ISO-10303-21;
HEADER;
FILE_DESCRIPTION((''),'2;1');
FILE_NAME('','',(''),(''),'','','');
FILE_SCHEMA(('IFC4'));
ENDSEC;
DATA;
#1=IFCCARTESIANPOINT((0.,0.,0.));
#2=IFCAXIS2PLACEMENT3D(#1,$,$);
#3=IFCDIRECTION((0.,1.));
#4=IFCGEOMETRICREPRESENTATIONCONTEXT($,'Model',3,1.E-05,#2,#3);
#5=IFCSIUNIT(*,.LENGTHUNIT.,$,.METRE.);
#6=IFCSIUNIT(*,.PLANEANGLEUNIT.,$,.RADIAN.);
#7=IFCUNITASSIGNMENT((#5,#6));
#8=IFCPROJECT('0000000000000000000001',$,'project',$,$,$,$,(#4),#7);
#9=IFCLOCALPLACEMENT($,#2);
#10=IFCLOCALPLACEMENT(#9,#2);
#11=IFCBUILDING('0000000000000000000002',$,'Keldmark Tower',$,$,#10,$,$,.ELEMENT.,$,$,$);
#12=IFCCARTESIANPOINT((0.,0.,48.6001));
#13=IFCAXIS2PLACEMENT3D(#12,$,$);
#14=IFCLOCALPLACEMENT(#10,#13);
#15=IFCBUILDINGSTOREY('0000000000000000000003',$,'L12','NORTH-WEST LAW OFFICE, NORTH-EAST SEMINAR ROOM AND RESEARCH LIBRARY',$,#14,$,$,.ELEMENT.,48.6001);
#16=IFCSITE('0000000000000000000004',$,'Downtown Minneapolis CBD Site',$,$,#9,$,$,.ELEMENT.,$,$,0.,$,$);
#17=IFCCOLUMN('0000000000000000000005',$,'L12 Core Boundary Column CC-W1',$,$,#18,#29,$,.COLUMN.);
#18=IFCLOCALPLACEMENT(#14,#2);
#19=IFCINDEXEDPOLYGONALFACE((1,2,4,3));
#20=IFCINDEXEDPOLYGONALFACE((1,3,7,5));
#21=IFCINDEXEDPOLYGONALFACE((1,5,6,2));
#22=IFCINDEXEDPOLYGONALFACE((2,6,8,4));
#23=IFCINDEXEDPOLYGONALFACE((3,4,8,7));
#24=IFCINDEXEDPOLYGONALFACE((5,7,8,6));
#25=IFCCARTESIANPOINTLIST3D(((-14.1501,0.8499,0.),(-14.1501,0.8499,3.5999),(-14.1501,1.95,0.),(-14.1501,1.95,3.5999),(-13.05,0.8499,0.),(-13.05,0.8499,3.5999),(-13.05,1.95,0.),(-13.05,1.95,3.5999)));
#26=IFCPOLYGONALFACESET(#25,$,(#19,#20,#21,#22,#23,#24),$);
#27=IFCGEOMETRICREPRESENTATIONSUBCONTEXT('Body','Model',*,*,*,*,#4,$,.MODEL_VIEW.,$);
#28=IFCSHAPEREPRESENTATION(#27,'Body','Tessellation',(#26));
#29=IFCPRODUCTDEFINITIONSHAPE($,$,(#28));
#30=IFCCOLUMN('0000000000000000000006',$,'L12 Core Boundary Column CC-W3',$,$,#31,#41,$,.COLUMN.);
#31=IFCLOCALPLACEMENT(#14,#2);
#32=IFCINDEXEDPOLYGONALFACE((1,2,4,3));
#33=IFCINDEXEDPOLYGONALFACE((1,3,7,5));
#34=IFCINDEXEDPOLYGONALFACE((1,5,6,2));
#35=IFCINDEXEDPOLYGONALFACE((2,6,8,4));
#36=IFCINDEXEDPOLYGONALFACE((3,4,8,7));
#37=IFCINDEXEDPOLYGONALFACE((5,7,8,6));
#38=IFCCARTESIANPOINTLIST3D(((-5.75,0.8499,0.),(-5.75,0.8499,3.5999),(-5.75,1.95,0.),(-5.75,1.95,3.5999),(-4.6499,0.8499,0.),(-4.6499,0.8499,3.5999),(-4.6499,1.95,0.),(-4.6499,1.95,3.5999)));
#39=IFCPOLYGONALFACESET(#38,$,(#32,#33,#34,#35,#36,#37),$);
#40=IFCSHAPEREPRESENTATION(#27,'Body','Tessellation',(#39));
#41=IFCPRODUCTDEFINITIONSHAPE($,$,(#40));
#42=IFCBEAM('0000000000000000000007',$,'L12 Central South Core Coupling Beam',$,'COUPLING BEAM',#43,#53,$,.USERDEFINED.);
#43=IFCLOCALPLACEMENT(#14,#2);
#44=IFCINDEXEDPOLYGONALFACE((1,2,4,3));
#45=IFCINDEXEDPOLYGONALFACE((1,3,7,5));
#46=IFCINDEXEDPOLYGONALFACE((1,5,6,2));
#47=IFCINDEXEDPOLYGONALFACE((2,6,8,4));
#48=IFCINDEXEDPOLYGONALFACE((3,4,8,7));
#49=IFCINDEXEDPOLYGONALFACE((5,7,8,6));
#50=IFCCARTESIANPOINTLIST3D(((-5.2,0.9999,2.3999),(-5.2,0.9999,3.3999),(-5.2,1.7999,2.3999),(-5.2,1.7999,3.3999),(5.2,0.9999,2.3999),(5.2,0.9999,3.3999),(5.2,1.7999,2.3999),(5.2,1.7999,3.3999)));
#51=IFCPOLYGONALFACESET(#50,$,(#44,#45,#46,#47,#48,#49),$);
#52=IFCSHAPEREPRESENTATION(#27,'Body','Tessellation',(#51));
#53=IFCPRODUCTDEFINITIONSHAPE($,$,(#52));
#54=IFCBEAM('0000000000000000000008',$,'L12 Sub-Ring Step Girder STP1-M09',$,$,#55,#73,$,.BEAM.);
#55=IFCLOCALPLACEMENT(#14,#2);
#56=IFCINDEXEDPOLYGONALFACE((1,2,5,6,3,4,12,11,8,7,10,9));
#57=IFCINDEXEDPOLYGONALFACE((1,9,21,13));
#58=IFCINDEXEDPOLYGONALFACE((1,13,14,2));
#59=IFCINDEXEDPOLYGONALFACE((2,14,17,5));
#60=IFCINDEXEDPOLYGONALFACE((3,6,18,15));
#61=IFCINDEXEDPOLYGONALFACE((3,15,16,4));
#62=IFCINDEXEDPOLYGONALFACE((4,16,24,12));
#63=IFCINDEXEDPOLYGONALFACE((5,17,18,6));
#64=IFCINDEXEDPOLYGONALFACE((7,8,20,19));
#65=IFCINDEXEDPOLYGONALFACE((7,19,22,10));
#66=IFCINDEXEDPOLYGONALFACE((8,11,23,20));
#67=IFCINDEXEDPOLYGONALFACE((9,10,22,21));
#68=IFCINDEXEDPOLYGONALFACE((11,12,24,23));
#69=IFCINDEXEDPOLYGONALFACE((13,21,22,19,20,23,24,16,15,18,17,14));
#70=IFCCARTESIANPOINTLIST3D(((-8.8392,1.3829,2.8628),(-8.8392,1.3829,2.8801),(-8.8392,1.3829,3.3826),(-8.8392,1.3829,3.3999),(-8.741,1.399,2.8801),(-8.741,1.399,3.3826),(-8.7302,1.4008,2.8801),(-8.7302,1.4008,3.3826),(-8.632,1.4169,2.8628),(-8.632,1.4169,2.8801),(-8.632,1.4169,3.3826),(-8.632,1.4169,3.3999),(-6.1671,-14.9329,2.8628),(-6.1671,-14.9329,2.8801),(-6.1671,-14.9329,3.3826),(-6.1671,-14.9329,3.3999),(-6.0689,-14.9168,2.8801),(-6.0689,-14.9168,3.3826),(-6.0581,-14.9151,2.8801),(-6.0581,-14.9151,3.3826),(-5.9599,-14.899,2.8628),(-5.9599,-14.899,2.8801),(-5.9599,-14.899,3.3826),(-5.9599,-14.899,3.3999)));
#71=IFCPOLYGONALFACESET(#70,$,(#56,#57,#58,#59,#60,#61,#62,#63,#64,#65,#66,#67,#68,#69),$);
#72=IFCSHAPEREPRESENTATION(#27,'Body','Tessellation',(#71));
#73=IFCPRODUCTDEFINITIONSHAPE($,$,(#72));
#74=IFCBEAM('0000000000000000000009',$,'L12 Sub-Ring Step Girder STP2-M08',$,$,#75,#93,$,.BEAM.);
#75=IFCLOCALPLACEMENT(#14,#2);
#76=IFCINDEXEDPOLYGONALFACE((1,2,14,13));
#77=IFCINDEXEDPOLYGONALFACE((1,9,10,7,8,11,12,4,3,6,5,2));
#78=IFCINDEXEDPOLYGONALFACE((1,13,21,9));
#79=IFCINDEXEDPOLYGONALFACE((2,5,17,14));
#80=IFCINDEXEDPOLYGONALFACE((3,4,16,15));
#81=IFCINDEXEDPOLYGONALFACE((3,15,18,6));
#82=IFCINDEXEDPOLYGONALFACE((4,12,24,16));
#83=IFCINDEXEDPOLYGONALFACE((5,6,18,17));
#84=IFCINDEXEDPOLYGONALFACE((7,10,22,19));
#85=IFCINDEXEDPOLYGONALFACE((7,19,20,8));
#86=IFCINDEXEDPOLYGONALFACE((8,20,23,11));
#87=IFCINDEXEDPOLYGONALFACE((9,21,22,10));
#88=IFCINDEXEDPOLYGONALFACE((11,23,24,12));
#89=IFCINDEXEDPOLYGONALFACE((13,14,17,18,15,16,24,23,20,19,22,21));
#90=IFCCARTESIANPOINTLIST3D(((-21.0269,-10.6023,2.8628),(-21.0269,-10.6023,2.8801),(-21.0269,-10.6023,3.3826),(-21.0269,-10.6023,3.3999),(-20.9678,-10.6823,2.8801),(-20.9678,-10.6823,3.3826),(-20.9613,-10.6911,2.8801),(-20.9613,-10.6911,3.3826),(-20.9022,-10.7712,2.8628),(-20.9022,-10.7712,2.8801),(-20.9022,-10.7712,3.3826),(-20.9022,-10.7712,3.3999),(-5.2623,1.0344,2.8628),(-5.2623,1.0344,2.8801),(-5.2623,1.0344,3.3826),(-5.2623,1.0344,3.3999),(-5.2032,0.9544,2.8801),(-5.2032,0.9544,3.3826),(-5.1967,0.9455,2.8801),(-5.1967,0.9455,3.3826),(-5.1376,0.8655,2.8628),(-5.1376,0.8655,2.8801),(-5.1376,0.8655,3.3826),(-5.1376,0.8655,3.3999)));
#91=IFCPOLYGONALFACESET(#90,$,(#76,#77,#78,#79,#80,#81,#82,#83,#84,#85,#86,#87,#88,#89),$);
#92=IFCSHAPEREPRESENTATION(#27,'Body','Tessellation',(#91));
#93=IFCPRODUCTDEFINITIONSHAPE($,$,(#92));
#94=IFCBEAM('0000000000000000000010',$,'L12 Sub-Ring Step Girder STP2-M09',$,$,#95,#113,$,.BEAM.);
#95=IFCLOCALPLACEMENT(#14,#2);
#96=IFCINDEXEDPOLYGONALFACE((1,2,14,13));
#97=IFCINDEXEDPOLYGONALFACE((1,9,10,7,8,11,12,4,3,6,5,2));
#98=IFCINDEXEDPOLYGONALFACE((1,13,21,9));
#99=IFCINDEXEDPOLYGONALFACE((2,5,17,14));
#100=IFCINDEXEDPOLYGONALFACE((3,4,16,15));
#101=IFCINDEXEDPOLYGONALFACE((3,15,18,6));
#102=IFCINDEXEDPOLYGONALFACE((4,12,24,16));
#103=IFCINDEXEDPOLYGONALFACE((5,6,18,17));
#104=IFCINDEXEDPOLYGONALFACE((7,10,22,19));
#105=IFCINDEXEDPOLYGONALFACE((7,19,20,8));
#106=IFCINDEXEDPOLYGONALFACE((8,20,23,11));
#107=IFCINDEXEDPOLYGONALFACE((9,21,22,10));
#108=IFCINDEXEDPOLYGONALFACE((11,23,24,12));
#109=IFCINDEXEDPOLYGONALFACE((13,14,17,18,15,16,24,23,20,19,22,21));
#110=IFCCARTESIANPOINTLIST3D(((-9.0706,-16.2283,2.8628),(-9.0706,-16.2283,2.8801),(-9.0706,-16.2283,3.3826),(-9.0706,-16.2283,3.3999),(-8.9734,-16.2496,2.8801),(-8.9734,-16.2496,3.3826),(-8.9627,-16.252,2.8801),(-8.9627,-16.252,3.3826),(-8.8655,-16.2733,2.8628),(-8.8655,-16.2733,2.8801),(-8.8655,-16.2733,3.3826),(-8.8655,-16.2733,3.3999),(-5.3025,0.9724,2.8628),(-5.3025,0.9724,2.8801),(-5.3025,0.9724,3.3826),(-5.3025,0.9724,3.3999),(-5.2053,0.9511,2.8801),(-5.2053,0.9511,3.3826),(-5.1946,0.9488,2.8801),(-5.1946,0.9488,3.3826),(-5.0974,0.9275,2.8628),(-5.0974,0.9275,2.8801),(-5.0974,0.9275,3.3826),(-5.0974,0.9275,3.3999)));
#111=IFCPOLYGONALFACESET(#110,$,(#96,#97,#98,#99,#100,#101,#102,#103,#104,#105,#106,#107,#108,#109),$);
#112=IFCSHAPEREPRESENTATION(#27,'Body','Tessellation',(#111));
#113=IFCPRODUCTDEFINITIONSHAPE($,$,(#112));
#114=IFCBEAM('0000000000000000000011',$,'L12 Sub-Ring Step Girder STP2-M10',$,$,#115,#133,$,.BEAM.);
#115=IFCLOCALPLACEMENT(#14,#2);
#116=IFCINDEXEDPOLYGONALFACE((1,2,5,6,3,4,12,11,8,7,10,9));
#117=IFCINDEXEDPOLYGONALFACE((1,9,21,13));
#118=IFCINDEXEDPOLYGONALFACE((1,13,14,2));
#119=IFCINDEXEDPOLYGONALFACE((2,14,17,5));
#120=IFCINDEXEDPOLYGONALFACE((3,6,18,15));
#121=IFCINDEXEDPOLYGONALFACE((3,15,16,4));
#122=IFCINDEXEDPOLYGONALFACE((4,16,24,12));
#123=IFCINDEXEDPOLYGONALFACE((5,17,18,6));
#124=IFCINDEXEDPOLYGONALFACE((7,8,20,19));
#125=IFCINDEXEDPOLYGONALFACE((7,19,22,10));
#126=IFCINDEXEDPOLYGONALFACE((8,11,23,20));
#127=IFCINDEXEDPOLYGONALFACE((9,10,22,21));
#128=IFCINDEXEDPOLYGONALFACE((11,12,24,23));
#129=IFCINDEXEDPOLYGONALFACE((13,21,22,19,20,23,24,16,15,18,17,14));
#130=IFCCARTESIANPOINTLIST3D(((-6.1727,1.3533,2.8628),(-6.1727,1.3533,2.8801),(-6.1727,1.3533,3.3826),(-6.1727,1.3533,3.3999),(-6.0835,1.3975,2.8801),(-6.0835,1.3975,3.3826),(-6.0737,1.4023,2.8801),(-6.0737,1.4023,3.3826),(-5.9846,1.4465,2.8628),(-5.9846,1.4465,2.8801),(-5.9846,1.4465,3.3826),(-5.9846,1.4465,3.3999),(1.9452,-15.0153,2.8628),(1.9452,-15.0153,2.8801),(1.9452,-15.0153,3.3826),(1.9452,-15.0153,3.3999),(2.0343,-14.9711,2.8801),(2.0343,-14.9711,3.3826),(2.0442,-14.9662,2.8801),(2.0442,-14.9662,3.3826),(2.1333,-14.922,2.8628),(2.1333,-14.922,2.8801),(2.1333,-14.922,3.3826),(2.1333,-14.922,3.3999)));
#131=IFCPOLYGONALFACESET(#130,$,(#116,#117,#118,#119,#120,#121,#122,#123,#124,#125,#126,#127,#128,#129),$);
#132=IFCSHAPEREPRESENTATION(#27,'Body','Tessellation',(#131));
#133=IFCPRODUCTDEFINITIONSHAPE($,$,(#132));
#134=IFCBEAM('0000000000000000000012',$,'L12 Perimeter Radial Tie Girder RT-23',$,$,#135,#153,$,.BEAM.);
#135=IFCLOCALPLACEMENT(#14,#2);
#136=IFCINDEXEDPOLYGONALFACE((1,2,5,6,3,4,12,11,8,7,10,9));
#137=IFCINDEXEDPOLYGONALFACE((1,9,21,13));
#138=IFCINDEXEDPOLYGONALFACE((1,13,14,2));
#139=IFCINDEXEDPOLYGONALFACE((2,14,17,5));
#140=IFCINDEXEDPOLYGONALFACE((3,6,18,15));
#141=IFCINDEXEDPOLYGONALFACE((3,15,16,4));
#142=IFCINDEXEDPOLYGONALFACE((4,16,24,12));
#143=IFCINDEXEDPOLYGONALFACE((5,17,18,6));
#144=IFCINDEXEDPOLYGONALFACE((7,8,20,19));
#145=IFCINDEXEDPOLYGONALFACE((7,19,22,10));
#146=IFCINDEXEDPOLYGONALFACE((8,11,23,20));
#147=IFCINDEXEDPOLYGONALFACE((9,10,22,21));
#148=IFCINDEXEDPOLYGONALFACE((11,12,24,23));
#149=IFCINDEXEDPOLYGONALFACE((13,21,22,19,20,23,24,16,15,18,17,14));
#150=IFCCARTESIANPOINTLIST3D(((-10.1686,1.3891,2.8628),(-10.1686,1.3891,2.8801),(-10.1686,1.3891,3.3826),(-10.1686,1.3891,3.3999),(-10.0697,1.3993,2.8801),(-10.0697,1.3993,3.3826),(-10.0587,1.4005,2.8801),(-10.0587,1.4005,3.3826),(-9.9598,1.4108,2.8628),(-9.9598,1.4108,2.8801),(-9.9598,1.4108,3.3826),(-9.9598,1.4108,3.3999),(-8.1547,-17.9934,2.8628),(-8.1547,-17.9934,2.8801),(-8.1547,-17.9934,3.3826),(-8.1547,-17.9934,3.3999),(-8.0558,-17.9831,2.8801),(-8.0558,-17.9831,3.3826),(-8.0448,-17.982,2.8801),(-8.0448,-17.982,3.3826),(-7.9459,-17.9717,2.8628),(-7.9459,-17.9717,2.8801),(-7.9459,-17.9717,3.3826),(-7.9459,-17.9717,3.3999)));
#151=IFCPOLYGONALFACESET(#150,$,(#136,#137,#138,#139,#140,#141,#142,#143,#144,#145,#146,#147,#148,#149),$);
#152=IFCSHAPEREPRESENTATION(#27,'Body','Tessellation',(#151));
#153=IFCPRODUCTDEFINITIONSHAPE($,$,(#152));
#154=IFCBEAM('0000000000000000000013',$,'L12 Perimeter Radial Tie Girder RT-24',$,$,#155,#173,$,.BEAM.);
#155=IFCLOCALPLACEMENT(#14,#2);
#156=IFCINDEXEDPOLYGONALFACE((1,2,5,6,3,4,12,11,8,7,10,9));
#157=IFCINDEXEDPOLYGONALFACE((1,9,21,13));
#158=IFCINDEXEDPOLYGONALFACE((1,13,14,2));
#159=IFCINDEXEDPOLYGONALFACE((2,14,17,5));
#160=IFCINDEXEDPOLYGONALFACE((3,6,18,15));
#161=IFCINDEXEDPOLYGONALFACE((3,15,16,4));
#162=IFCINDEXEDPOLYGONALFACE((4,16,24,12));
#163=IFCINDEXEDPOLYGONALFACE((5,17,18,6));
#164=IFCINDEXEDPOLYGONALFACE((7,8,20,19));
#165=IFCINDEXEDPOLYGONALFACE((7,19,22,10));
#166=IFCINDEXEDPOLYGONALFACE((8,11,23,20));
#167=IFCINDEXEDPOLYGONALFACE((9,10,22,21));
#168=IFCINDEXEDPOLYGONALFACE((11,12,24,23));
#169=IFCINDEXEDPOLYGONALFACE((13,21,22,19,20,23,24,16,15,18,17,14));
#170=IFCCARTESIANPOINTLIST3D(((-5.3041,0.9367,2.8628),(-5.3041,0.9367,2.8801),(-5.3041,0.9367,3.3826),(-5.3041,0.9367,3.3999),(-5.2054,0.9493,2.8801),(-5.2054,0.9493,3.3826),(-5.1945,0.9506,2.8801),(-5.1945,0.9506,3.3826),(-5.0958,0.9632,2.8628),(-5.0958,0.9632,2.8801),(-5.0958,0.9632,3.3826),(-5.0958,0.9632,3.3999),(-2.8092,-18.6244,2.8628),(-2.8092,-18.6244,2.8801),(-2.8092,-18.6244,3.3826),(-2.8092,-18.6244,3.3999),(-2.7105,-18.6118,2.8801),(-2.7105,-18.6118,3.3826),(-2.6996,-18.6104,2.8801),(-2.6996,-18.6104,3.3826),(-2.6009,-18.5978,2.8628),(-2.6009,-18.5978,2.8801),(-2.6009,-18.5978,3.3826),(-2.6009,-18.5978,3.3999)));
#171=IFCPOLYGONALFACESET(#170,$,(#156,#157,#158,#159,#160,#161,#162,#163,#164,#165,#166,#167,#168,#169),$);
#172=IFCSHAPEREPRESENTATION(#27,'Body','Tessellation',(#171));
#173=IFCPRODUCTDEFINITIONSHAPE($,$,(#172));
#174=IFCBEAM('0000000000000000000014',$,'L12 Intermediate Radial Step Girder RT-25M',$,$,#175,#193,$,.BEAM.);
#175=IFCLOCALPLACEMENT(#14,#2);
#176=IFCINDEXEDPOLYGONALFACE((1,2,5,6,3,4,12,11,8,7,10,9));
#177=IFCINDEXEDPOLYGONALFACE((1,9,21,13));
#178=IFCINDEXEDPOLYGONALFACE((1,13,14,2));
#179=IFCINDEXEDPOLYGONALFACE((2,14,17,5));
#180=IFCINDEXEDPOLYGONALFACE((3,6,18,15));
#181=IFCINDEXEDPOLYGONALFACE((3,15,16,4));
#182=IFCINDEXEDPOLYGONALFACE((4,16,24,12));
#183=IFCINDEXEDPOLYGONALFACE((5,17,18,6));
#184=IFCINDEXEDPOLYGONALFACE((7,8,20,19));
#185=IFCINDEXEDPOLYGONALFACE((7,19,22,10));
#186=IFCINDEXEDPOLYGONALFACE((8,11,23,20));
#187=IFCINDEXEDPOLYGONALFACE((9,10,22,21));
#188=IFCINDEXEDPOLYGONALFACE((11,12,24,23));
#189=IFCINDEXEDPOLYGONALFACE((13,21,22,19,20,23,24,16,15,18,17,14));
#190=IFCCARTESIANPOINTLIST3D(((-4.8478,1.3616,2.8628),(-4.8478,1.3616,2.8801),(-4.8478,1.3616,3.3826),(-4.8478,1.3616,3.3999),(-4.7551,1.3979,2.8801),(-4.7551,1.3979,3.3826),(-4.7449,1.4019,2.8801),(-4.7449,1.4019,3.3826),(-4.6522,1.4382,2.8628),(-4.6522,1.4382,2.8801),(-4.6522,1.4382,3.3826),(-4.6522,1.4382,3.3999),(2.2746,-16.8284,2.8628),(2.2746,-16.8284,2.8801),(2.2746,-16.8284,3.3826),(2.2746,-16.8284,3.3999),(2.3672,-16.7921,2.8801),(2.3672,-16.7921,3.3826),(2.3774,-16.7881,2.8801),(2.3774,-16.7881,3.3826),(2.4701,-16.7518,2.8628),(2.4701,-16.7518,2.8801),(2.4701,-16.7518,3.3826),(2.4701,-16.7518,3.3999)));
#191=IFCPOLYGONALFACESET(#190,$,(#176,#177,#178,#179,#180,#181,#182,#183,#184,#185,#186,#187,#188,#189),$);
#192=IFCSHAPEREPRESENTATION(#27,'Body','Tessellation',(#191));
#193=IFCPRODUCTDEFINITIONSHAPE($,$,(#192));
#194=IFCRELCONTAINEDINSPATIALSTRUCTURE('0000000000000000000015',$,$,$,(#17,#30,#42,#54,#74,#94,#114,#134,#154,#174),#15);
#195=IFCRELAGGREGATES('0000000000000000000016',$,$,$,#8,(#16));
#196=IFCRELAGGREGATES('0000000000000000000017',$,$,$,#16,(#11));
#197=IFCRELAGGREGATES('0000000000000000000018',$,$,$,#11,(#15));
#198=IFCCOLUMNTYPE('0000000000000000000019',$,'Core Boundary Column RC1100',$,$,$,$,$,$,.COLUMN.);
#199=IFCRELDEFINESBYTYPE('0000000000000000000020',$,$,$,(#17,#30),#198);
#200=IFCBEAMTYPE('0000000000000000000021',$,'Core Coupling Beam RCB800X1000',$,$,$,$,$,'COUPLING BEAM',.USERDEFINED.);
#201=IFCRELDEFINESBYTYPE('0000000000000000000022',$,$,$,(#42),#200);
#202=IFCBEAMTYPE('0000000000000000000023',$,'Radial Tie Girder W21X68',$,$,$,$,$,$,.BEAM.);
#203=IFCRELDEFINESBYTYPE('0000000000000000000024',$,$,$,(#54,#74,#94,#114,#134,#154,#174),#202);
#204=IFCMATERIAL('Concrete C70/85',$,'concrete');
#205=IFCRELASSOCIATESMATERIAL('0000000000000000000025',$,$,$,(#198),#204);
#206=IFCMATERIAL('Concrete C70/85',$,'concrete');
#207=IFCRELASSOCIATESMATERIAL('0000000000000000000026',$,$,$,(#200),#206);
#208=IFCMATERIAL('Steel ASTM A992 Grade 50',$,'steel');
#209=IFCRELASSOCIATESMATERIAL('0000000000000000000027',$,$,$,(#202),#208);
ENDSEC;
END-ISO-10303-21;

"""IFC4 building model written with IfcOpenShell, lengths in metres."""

from ifc_helpers import new_model, si_unit, direction, frame, origin, origin_2d, place, context, subcontext, project, spatial, rectangle, i_section, extrude, material, material_profile, profile_set, type_object, element, save


model = new_model("IFC4")

# Units and contexts
model_context = context("Model", 3, precision=1e-05, world=origin(), true_north=direction((0.0, 1.0)))
body_context = subcontext(model_context, "Body", "Model", "MODEL_VIEW")
ifc_project = project(units=[si_unit("LENGTHUNIT", "METRE"), si_unit("PLANEANGLEUNIT", "RADIAN")], contexts=[model_context])

# Site, building, storey
site_placement = place(None, origin())
site = spatial("IfcSite", under=ifc_project, at=site_placement, Name="Downtown Minneapolis CBD Site", CompositionType="ELEMENT", RefElevation=0.0)
building_placement = place(site_placement, origin())
building = spatial("IfcBuilding", under=site, at=building_placement, Name="Keldmark Tower", CompositionType="ELEMENT")
storey_placement = place(building_placement, frame((0.0, 0.0, 48.6001)))
storey = spatial("IfcBuildingStorey", under=building, at=storey_placement, Name="L12", Description="NORTH-WEST LAW OFFICE, NORTH-EAST SEMINAR ROOM AND RESEARCH LIBRARY", CompositionType="ELEMENT", Elevation=48.6001)

# Columns
ifc_material_1 = material(Name="Concrete C70/85", Category="concrete")
ifc_material_profile_1 = material_profile(ifc_material_1, rectangle(XDim=1.1001, YDim=1.1001, at=origin_2d()), Name="RC1100X1100")
ifc_profile_set_1 = profile_set([ifc_material_profile_1], Name="Concrete C70/85")
column_type = type_object("IfcColumnType", Name="Core Boundary Column RC1100", PredefinedType="COLUMN", material=ifc_profile_set_1)
for number, where, z_axis, x_axis, name in (
    (1, (-13.6001, 1.3999, 0.0), (0.0, 0.0, 1.0), (1.0, 0.0, 0.0), "L12 Core Boundary Column CC-W1"),
    (2, (-5.2, 1.3999, 0.0), (0.0, 0.0, 1.0), (1.0, 0.0, 0.0), "L12 Core Boundary Column CC-W3"),
):
    element("IfcColumn", number, at=place(storey_placement, frame(where, z_axis=z_axis, x_axis=x_axis)), inside=storey, type_object=column_type, Name=name, PredefinedType="COLUMN", context=body_context, shape_type="SweptSolid", body=[
        extrude(rectangle(XDim=1.1001, YDim=1.1001, at=origin_2d()), origin(), (0.0, 0.0, 1.0), 3.5999),
    ])

# Beams
ifc_material_2 = material(Name="Concrete C70/85", Category="concrete")
ifc_material_profile_2 = material_profile(ifc_material_2, rectangle(XDim=0.8, YDim=1.0, at=origin_2d()), Name="RCB800X1000")
ifc_profile_set_2 = profile_set([ifc_material_profile_2], Name="Concrete C70/85")
beam_type_1 = type_object("IfcBeamType", Name="Core Coupling Beam RCB800X1000", ElementType="COUPLING BEAM", PredefinedType="USERDEFINED", material=ifc_profile_set_2)
beam_1_placement = place(storey_placement, frame((-5.2, 1.3999, 2.8999), z_axis=(1.0, 0.0, 0.0), x_axis=(0.0, 1.0, 0.0)))
element("IfcBeam", 3, at=beam_1_placement, inside=storey, type_object=beam_type_1, Name="L12 Central South Core Coupling Beam", ObjectType="COUPLING BEAM", PredefinedType="USERDEFINED", context=body_context, shape_type="SweptSolid", body=[
    extrude(rectangle(XDim=0.8, YDim=1.0, at=origin_2d()), origin(), (0.0, 0.0, 1.0), 10.3999),
])
ifc_material_3 = material(Name="Steel ASTM A992 Grade 50", Category="steel")
ifc_material_profile_3 = material_profile(ifc_material_3, i_section(OverallWidth=0.21, OverallDepth=0.5371, WebThickness=0.011, FlangeThickness=0.0173, at=origin_2d()), Name="W21X68")
ifc_profile_set_3 = profile_set([ifc_material_profile_3], Name="Steel ASTM A992 Grade 50")
beam_type_2 = type_object("IfcBeamType", Name="Radial Tie Girder W21X68", PredefinedType="BEAM", material=ifc_profile_set_3)
beam_2_placement = place(storey_placement, frame((-8.7356, 1.3999, 3.1313), z_axis=(0.161621, -0.986853, 0.0), x_axis=(0.986853, 0.161621, 0.0)))
element("IfcBeam", 4, at=beam_2_placement, inside=storey, type_object=beam_type_2, Name="L12 Sub-Ring Step Girder STP1-M09", PredefinedType="BEAM", context=body_context, shape_type="SweptSolid", body=[
    extrude(i_section(OverallWidth=0.21, OverallDepth=0.5371, WebThickness=0.011, FlangeThickness=0.0173, at=origin_2d()), origin(), (0.0, 0.0, 1.0), 16.5332),
])
beam_3_placement = place(storey_placement, frame((-5.2, 0.95, 3.1313), z_axis=(-0.804552, -0.593882, 0.0), x_axis=(0.593882, -0.804552, 0.0)))
element("IfcBeam", 5, at=beam_3_placement, inside=storey, type_object=beam_type_2, Name="L12 Sub-Ring Step Girder STP2-M08", PredefinedType="BEAM", context=body_context, shape_type="SweptSolid", body=[
    extrude(i_section(OverallWidth=0.21, OverallDepth=0.5371, WebThickness=0.011, FlangeThickness=0.0173, at=origin_2d()), origin(), (0.0, 0.0, 1.0), 19.5942),
])
beam_4_placement = place(storey_placement, frame((-5.2, 0.95, 3.1313), z_axis=(-0.21399, -0.976836, 0.0), x_axis=(0.976836, -0.21399, 0.0)))
element("IfcBeam", 6, at=beam_4_placement, inside=storey, type_object=beam_type_2, Name="L12 Sub-Ring Step Girder STP2-M09", PredefinedType="BEAM", context=body_context, shape_type="SweptSolid", body=[
    extrude(i_section(OverallWidth=0.21, OverallDepth=0.5371, WebThickness=0.011, FlangeThickness=0.0173, at=origin_2d()), origin(), (0.0, 0.0, 1.0), 17.6086),
])
beam_5_placement = place(storey_placement, frame((-6.0786, 1.3999, 3.1313), z_axis=(0.444304, -0.895876, 0.0), x_axis=(0.895876, 0.444304, 0.0)))
element("IfcBeam", 7, at=beam_5_placement, inside=storey, type_object=beam_type_2, Name="L12 Sub-Ring Step Girder STP2-M10", PredefinedType="BEAM", context=body_context, shape_type="SweptSolid", body=[
    extrude(i_section(OverallWidth=0.21, OverallDepth=0.5371, WebThickness=0.011, FlangeThickness=0.0173, at=origin_2d()), origin(), (0.0, 0.0, 1.0), 18.271),
])
beam_6_placement = place(storey_placement, frame((-10.0642, 1.3999, 3.1313), z_axis=(0.103347, -0.994645, 0.0), x_axis=(0.994645, 0.103347, 0.0)))
element("IfcBeam", 8, at=beam_6_placement, inside=storey, type_object=beam_type_2, Name="L12 Perimeter Radial Tie Girder RT-23", PredefinedType="BEAM", context=body_context, shape_type="SweptSolid", body=[
    extrude(i_section(OverallWidth=0.21, OverallDepth=0.5371, WebThickness=0.011, FlangeThickness=0.0173, at=origin_2d()), origin(), (0.0, 0.0, 1.0), 19.4868),
])
beam_7_placement = place(storey_placement, frame((-5.2, 0.95, 3.1313), z_axis=(0.126518, -0.991964, 0.0), x_axis=(0.991964, 0.126518, 0.0)))
element("IfcBeam", 9, at=beam_7_placement, inside=storey, type_object=beam_type_2, Name="L12 Perimeter Radial Tie Girder RT-24", PredefinedType="BEAM", context=body_context, shape_type="SweptSolid", body=[
    extrude(i_section(OverallWidth=0.21, OverallDepth=0.5371, WebThickness=0.011, FlangeThickness=0.0173, at=origin_2d()), origin(), (0.0, 0.0, 1.0), 19.7195),
])
beam_8_placement = place(storey_placement, frame((-4.75, 1.3999, 3.1313), z_axis=(0.3646, -0.931164, 0.0), x_axis=(0.931164, 0.3646, 0.0)))
element("IfcBeam", 10, at=beam_8_placement, inside=storey, type_object=beam_type_2, Name="L12 Intermediate Radial Step Girder RT-25M", PredefinedType="BEAM", context=body_context, shape_type="SweptSolid", body=[
    extrude(i_section(OverallWidth=0.21, OverallDepth=0.5371, WebThickness=0.011, FlangeThickness=0.0173, at=origin_2d()), origin(), (0.0, 0.0, 1.0), 19.5347),
])

save(model, "model.ifc")
